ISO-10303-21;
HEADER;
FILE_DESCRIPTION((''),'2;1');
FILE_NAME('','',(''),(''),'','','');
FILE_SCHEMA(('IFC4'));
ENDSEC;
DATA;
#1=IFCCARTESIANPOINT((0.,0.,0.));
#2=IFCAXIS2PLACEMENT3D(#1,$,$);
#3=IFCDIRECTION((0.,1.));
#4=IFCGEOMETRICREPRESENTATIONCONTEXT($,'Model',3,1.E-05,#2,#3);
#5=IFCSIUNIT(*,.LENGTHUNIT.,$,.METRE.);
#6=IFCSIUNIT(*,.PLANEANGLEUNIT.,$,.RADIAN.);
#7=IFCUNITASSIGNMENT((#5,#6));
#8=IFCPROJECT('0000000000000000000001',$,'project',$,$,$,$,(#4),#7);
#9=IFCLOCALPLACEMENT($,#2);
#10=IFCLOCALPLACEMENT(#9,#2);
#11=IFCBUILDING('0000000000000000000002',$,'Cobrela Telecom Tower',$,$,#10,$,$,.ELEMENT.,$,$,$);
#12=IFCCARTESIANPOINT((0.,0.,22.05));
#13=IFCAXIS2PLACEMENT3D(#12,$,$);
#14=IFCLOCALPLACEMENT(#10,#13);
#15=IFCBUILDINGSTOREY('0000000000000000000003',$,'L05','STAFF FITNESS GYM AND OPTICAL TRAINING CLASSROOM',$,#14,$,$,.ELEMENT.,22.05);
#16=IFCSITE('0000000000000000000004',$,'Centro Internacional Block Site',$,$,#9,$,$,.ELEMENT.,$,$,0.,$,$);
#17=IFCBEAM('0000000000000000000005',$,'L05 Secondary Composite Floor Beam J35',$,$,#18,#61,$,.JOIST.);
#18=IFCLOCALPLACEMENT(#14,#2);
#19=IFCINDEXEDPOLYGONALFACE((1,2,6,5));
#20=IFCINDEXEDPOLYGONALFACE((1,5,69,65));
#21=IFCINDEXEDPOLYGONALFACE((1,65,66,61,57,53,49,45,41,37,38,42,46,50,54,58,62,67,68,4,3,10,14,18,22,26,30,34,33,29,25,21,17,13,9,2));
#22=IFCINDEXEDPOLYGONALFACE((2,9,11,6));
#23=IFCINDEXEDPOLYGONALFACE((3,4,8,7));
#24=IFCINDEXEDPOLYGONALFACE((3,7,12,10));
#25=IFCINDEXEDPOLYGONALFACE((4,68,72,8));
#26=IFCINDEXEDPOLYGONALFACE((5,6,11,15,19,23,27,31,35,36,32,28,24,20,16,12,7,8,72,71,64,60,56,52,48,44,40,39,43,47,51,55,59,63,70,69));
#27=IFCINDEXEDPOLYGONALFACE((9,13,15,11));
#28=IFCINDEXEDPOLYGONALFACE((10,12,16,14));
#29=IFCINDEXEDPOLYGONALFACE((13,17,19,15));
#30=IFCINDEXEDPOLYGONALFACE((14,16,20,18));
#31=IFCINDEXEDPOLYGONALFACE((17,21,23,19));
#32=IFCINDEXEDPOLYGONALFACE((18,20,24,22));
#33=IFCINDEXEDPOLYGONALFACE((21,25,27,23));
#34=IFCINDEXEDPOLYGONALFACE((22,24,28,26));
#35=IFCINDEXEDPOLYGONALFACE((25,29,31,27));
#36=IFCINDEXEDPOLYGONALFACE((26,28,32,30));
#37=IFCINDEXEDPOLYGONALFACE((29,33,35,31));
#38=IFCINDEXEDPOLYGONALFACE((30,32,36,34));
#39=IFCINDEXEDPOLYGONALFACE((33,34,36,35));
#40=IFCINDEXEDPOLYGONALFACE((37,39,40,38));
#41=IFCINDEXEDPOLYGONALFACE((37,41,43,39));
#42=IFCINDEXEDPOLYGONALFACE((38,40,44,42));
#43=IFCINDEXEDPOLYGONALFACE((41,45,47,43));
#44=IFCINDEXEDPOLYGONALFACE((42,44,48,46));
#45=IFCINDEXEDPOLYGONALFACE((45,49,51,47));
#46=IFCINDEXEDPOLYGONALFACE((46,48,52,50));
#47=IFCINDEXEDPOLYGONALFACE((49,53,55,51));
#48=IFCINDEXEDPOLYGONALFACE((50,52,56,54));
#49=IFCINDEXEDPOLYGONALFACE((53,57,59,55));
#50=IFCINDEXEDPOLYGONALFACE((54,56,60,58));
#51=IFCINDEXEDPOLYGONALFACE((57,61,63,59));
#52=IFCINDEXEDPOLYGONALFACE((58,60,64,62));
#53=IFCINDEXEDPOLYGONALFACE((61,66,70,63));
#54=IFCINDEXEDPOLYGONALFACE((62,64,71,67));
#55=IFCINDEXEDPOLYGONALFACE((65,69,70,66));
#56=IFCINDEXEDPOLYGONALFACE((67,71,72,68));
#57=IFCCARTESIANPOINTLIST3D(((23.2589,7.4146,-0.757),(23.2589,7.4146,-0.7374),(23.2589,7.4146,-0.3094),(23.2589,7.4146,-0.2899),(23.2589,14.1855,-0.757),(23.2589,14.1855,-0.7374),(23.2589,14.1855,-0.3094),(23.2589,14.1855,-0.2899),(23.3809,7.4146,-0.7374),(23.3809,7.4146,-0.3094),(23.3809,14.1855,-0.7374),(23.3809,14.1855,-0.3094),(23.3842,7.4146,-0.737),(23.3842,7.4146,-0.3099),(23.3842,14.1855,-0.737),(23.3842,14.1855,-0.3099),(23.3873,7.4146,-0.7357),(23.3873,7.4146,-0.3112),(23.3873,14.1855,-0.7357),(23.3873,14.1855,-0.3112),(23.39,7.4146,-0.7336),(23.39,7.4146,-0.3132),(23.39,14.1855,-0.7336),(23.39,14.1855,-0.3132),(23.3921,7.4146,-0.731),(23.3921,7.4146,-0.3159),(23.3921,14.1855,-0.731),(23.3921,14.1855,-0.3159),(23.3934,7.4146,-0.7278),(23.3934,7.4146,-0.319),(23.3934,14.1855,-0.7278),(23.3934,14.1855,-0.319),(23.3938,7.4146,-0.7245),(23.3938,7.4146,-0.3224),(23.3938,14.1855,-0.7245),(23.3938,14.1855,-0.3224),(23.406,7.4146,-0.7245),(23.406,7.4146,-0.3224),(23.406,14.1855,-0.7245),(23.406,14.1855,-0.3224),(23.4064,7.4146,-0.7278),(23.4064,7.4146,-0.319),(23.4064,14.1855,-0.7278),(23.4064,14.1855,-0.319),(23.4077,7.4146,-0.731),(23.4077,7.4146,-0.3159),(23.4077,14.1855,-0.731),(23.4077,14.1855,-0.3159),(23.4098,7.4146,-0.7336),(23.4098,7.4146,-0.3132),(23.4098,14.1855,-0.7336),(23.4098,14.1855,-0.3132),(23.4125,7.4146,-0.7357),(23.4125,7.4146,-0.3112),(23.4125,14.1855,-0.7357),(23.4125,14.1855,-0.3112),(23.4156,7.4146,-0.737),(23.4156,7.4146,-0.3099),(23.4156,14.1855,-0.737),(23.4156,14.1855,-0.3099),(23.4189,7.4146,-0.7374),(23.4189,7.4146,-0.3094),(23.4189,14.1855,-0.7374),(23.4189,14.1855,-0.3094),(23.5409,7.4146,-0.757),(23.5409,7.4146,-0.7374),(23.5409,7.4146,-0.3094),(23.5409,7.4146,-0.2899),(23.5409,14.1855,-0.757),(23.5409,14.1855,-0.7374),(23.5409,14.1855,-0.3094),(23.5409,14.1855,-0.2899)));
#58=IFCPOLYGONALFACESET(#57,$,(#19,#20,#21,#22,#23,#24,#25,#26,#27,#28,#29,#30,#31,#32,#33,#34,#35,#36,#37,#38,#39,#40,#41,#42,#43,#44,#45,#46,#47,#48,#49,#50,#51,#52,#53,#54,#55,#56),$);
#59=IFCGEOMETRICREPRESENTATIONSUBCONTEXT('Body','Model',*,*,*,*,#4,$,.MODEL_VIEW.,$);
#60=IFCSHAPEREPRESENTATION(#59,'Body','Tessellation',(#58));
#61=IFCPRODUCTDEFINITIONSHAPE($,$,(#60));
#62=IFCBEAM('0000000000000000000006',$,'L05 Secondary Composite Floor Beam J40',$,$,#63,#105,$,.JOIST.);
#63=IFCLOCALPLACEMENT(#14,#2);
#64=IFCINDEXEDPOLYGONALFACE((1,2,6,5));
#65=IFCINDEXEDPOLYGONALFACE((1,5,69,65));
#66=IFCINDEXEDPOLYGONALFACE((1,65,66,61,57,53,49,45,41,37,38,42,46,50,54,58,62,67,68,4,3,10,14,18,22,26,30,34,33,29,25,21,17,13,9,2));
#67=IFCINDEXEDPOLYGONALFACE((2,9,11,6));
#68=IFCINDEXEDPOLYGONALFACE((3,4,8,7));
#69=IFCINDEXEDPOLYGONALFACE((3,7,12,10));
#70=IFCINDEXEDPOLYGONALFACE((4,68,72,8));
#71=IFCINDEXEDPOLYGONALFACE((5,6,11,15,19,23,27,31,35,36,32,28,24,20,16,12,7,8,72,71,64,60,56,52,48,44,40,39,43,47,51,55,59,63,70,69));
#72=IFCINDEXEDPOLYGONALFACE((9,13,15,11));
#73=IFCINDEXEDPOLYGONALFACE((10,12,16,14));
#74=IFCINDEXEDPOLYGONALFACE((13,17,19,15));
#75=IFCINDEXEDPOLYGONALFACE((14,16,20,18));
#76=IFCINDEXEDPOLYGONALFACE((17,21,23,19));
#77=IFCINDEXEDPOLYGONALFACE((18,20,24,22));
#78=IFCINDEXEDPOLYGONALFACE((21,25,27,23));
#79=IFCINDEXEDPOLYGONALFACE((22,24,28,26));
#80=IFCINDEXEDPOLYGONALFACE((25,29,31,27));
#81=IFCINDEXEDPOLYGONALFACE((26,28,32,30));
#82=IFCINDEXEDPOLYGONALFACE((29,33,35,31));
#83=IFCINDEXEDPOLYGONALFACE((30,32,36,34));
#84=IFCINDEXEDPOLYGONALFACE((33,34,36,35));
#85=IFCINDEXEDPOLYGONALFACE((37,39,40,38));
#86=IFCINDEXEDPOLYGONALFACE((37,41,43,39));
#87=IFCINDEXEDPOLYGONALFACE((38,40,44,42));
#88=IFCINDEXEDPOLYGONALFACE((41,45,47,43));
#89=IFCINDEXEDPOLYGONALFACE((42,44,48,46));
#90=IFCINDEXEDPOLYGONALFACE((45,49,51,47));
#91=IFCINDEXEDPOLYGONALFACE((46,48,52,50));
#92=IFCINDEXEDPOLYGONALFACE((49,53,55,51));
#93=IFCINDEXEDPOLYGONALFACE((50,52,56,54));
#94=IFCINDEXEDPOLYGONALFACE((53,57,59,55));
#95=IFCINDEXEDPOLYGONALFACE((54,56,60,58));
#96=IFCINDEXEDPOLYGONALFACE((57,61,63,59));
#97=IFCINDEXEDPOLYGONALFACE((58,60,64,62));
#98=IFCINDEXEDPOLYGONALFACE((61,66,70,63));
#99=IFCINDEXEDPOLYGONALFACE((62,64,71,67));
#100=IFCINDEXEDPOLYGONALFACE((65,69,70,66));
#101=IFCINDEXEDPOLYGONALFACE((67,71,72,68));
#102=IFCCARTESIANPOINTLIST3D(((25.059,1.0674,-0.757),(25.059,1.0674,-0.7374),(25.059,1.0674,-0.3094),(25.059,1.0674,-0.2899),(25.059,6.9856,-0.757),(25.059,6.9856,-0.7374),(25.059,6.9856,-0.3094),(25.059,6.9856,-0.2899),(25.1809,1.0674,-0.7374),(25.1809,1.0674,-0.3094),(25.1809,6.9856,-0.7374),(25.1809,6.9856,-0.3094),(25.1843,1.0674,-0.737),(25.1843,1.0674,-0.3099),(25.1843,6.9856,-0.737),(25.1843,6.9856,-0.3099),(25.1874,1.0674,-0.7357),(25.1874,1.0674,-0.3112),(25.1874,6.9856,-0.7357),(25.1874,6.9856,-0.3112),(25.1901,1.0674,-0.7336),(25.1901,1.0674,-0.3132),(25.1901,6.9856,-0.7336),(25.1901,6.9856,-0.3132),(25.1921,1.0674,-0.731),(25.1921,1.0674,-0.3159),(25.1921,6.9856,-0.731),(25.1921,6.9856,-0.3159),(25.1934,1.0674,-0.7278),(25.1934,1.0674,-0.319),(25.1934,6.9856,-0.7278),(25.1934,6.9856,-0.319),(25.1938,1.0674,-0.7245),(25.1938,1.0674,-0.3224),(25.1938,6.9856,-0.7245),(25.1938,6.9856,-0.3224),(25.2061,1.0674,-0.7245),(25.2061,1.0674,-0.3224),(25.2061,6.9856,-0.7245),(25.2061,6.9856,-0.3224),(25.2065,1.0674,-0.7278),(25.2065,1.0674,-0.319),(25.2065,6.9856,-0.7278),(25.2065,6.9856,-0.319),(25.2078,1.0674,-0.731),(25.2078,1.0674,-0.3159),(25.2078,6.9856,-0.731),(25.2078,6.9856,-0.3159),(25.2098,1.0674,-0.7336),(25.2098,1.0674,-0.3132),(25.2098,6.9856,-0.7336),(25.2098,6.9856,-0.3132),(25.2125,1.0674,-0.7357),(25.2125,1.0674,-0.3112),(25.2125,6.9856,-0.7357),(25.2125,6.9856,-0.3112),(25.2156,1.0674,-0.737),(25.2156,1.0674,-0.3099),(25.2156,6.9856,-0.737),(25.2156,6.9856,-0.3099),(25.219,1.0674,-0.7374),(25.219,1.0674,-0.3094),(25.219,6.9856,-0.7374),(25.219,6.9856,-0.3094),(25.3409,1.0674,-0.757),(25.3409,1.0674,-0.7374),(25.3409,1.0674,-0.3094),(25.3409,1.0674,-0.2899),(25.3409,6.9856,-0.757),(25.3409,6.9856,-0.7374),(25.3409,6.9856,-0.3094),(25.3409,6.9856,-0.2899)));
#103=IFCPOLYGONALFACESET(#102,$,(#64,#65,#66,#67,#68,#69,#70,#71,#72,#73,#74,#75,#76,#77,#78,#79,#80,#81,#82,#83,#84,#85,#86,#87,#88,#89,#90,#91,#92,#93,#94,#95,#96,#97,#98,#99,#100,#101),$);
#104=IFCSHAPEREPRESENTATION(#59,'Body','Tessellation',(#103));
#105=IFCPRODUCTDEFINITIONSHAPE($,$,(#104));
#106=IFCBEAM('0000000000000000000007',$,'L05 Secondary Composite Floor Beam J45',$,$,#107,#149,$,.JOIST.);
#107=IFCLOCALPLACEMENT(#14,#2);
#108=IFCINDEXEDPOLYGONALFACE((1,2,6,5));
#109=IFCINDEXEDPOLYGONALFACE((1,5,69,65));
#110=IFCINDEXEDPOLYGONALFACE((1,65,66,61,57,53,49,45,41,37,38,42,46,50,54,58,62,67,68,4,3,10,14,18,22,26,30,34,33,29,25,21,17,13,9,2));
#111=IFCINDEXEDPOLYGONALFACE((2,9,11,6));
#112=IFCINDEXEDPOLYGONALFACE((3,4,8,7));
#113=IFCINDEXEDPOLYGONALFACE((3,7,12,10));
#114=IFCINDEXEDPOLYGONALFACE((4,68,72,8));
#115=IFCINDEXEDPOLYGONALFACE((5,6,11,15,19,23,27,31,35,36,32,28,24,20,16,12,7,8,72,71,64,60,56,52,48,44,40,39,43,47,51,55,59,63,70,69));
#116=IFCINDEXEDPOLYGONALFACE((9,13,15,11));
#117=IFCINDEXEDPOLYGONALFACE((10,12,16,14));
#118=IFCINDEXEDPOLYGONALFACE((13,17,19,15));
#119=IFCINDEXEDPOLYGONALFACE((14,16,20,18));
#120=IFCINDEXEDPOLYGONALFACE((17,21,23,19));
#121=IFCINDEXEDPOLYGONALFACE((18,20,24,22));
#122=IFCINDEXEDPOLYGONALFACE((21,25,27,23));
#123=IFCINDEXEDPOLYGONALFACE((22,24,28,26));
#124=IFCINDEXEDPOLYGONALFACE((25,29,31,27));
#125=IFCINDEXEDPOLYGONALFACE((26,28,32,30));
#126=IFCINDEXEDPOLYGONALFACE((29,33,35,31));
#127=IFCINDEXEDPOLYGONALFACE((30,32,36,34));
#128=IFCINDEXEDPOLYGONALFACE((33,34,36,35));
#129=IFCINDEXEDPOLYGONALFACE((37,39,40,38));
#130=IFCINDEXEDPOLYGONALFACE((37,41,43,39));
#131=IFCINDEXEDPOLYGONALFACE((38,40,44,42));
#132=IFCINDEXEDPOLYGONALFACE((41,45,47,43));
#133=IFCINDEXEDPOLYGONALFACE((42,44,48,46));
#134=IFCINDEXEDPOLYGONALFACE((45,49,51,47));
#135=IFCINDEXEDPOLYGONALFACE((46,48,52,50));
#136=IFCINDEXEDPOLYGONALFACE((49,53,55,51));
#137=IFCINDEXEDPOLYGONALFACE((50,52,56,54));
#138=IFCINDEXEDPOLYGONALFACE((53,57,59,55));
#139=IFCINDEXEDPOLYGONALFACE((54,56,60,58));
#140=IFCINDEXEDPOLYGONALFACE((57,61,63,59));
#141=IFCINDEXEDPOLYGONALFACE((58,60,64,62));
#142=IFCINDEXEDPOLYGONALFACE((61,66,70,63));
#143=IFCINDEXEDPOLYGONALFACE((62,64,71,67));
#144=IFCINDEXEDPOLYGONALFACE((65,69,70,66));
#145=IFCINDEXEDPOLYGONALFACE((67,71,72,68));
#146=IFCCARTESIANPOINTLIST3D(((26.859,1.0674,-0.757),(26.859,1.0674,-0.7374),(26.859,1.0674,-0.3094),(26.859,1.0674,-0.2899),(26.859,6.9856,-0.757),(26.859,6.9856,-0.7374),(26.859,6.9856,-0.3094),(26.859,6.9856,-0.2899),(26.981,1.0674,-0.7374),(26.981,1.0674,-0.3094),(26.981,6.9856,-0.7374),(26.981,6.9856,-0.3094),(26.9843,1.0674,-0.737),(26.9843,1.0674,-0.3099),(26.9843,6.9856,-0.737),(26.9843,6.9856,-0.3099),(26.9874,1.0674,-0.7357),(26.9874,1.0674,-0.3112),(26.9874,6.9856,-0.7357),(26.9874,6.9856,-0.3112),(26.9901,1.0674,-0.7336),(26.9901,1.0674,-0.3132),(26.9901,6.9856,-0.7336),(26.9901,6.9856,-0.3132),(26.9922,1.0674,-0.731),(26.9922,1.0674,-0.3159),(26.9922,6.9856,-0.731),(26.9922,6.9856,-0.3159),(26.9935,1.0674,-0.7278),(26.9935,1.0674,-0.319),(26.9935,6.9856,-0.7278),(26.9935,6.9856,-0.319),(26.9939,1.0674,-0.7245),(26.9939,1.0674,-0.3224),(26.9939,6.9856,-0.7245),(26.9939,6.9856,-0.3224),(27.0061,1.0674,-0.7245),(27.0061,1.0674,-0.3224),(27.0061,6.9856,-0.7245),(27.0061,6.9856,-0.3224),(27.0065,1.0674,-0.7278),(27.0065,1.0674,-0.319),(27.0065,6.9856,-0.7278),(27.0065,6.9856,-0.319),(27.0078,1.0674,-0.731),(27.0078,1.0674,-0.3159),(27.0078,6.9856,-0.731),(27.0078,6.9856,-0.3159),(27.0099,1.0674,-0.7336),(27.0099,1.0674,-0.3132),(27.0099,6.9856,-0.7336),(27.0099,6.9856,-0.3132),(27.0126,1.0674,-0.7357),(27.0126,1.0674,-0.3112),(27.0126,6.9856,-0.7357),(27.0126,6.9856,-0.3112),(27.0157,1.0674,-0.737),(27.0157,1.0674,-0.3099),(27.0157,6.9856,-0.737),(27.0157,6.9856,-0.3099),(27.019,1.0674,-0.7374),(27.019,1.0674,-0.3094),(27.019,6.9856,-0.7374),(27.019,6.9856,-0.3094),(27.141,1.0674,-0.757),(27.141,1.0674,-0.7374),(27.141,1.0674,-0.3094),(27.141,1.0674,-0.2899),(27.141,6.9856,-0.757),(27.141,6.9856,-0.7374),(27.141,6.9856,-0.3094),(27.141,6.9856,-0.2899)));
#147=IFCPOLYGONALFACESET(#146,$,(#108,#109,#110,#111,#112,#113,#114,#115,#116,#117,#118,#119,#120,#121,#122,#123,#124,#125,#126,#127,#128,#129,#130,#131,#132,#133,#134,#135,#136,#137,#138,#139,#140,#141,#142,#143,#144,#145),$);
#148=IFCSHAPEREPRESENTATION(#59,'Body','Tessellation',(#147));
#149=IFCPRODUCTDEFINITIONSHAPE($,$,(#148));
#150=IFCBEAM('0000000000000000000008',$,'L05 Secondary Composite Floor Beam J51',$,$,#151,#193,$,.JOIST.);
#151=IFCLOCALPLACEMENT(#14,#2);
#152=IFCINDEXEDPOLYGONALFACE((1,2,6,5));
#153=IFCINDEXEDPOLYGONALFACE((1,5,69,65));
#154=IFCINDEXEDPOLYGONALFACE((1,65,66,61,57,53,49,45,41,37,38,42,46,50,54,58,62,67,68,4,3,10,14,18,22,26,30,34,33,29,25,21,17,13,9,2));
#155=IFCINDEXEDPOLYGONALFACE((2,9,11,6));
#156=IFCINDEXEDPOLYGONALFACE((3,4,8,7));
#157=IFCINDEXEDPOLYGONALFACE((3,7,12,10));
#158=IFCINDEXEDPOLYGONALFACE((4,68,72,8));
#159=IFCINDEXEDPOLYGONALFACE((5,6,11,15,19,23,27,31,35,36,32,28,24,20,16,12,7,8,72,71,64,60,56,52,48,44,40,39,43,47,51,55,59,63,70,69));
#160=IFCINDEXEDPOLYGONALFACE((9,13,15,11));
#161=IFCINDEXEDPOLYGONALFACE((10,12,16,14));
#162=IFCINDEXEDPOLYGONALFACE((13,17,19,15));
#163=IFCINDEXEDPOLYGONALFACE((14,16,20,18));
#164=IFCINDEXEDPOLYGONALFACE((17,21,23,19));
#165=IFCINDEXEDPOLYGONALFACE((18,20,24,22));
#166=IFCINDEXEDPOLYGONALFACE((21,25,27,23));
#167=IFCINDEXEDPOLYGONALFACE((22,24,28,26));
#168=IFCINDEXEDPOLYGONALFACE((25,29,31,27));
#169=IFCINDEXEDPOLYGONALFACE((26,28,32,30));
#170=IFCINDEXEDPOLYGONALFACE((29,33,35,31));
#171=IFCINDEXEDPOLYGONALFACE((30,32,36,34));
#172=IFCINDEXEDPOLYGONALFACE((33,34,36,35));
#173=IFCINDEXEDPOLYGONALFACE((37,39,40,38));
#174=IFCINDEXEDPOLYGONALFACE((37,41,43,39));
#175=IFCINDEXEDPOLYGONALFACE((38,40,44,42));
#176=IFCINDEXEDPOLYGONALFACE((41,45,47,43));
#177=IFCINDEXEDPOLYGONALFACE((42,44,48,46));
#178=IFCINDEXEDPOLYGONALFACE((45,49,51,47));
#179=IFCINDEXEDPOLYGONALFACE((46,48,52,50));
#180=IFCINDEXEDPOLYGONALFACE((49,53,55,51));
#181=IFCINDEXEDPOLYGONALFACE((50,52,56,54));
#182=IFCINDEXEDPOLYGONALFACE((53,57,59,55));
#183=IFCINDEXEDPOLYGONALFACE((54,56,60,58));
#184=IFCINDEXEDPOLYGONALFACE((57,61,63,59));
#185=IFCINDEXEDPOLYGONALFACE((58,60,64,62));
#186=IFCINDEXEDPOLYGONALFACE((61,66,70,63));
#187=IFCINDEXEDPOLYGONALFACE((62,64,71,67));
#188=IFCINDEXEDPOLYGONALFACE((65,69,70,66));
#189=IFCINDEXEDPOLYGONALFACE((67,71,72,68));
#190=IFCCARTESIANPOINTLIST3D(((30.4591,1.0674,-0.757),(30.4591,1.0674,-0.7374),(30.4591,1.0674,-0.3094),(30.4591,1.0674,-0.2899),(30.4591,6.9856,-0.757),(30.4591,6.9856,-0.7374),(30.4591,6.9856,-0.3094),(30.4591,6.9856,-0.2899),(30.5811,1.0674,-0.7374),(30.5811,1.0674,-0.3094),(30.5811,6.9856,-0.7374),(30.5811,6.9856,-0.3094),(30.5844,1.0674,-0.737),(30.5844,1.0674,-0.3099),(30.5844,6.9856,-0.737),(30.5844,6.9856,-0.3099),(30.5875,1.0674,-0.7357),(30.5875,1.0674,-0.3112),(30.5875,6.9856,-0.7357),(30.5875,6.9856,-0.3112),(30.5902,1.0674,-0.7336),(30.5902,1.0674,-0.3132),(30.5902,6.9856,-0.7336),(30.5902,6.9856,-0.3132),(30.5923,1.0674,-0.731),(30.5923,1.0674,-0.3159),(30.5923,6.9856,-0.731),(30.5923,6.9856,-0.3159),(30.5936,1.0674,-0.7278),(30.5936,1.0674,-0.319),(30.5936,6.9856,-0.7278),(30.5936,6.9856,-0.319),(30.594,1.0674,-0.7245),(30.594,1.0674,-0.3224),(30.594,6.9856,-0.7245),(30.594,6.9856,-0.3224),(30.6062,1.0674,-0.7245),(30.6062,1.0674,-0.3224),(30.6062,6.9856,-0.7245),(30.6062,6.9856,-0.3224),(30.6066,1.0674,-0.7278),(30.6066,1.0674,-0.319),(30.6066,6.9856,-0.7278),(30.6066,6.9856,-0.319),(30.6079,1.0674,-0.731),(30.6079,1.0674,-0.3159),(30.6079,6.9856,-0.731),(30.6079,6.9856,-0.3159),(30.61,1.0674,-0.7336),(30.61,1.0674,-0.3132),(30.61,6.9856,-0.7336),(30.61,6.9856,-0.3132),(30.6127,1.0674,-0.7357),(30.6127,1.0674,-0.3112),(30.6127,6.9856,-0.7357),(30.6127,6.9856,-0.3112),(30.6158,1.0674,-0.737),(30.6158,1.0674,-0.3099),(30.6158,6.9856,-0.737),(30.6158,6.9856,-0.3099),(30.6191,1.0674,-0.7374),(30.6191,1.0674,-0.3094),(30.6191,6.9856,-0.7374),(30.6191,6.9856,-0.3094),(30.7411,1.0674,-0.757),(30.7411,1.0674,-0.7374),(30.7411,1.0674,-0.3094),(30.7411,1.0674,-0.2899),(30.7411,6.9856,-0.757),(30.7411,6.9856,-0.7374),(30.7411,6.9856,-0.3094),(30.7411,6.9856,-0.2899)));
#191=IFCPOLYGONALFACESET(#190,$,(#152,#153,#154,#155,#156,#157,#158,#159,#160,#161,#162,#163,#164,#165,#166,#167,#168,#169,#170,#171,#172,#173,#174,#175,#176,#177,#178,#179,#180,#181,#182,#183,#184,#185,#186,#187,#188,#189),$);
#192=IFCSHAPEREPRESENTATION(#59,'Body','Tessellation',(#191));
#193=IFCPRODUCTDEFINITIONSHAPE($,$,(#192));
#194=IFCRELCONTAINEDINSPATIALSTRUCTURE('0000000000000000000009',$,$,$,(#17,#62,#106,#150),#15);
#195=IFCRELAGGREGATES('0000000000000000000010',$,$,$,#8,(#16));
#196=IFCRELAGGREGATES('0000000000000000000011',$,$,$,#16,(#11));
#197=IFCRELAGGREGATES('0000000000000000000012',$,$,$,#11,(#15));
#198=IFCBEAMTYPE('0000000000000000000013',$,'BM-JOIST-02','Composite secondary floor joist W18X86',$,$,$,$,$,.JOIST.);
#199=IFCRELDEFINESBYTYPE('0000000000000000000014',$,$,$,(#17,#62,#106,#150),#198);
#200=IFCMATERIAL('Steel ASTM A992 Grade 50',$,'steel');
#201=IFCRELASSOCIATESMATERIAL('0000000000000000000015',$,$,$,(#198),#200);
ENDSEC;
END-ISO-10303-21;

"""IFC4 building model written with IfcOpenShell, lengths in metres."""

from ifc_helpers import new_model, si_unit, direction, frame, origin, origin_2d, place, context, subcontext, project, spatial, i_section, extrude, material, material_profile, profile_set, type_object, element, save


model = new_model("IFC4")

# Units and contexts
model_context = context("Model", 3, precision=1e-05, world=origin(), true_north=direction((0.0, 1.0)))
body_context = subcontext(model_context, "Body", "Model", "MODEL_VIEW")
ifc_project = project(units=[si_unit("LENGTHUNIT", "METRE"), si_unit("PLANEANGLEUNIT", "RADIAN")], contexts=[model_context])

# Site, building, storey
site_placement = place(None, origin())
site = spatial("IfcSite", under=ifc_project, at=site_placement, Name="Centro Internacional Block Site", CompositionType="ELEMENT", RefElevation=0.0)
building_placement = place(site_placement, origin())
building = spatial("IfcBuilding", under=site, at=building_placement, Name="Cobrela Telecom Tower", CompositionType="ELEMENT")
storey_placement = place(building_placement, frame((0.0, 0.0, 22.05)))
storey = spatial("IfcBuildingStorey", under=building, at=storey_placement, Name="L05", Description="STAFF FITNESS GYM AND OPTICAL TRAINING CLASSROOM", CompositionType="ELEMENT", Elevation=22.05)

# Beams
ifc_material_1 = material(Name="Steel ASTM A992 Grade 50", Category="steel")
ifc_material_profile_1 = material_profile(ifc_material_1, i_section(OverallWidth=0.282, OverallDepth=0.467, WebThickness=0.0122, FlangeThickness=0.0195, FilletRadius=0.0129, at=origin_2d()), Name="W18X86")
ifc_profile_set_1 = profile_set([ifc_material_profile_1], Name="Steel ASTM A992 Grade 50")
beam_type_1 = type_object("IfcBeamType", Name="BM-JOIST-02", Description="Composite secondary floor joist W18X86", PredefinedType="JOIST", material=ifc_profile_set_1)
beam_1_placement = place(storey_placement, frame((23.3999, 7.4146, -0.5234), z_axis=(0.0, 1.0, 0.0), x_axis=(-1.0, 0.0, 0.0)))
element("IfcBeam", 1, at=beam_1_placement, inside=storey, type_object=beam_type_1, Name="L05 Secondary Composite Floor Beam J35", PredefinedType="JOIST", context=body_context, shape_type="SweptSolid", body=[
    extrude(i_section(OverallWidth=0.282, OverallDepth=0.467, WebThickness=0.0122, FlangeThickness=0.0195, FilletRadius=0.0129, at=origin_2d()), origin(), (0.0, 0.0, 1.0), 6.771),
])
for number, where, z_axis, x_axis, name in (
    (2, (25.2, 1.0674, -0.5234), (0.0, 1.0, 0.0), (-1.0, 0.0, 0.0), "L05 Secondary Composite Floor Beam J40"),
    (3, (27.0, 1.0674, -0.5234), (0.0, 1.0, 0.0), (-1.0, 0.0, 0.0), "L05 Secondary Composite Floor Beam J45"),
    (4, (30.6001, 1.0674, -0.5234), (0.0, 1.0, 0.0), (-1.0, 0.0, 0.0), "L05 Secondary Composite Floor Beam J51"),
):
    element("IfcBeam", number, at=place(storey_placement, frame(where, z_axis=z_axis, x_axis=x_axis)), inside=storey, type_object=beam_type_1, Name=name, PredefinedType="JOIST", context=body_context, shape_type="SweptSolid", body=[
        extrude(i_section(OverallWidth=0.282, OverallDepth=0.467, WebThickness=0.0122, FlangeThickness=0.0195, FilletRadius=0.0129, at=origin_2d()), origin(), (0.0, 0.0, 1.0), 5.9182),
    ])

save(model, "model.ifc")
